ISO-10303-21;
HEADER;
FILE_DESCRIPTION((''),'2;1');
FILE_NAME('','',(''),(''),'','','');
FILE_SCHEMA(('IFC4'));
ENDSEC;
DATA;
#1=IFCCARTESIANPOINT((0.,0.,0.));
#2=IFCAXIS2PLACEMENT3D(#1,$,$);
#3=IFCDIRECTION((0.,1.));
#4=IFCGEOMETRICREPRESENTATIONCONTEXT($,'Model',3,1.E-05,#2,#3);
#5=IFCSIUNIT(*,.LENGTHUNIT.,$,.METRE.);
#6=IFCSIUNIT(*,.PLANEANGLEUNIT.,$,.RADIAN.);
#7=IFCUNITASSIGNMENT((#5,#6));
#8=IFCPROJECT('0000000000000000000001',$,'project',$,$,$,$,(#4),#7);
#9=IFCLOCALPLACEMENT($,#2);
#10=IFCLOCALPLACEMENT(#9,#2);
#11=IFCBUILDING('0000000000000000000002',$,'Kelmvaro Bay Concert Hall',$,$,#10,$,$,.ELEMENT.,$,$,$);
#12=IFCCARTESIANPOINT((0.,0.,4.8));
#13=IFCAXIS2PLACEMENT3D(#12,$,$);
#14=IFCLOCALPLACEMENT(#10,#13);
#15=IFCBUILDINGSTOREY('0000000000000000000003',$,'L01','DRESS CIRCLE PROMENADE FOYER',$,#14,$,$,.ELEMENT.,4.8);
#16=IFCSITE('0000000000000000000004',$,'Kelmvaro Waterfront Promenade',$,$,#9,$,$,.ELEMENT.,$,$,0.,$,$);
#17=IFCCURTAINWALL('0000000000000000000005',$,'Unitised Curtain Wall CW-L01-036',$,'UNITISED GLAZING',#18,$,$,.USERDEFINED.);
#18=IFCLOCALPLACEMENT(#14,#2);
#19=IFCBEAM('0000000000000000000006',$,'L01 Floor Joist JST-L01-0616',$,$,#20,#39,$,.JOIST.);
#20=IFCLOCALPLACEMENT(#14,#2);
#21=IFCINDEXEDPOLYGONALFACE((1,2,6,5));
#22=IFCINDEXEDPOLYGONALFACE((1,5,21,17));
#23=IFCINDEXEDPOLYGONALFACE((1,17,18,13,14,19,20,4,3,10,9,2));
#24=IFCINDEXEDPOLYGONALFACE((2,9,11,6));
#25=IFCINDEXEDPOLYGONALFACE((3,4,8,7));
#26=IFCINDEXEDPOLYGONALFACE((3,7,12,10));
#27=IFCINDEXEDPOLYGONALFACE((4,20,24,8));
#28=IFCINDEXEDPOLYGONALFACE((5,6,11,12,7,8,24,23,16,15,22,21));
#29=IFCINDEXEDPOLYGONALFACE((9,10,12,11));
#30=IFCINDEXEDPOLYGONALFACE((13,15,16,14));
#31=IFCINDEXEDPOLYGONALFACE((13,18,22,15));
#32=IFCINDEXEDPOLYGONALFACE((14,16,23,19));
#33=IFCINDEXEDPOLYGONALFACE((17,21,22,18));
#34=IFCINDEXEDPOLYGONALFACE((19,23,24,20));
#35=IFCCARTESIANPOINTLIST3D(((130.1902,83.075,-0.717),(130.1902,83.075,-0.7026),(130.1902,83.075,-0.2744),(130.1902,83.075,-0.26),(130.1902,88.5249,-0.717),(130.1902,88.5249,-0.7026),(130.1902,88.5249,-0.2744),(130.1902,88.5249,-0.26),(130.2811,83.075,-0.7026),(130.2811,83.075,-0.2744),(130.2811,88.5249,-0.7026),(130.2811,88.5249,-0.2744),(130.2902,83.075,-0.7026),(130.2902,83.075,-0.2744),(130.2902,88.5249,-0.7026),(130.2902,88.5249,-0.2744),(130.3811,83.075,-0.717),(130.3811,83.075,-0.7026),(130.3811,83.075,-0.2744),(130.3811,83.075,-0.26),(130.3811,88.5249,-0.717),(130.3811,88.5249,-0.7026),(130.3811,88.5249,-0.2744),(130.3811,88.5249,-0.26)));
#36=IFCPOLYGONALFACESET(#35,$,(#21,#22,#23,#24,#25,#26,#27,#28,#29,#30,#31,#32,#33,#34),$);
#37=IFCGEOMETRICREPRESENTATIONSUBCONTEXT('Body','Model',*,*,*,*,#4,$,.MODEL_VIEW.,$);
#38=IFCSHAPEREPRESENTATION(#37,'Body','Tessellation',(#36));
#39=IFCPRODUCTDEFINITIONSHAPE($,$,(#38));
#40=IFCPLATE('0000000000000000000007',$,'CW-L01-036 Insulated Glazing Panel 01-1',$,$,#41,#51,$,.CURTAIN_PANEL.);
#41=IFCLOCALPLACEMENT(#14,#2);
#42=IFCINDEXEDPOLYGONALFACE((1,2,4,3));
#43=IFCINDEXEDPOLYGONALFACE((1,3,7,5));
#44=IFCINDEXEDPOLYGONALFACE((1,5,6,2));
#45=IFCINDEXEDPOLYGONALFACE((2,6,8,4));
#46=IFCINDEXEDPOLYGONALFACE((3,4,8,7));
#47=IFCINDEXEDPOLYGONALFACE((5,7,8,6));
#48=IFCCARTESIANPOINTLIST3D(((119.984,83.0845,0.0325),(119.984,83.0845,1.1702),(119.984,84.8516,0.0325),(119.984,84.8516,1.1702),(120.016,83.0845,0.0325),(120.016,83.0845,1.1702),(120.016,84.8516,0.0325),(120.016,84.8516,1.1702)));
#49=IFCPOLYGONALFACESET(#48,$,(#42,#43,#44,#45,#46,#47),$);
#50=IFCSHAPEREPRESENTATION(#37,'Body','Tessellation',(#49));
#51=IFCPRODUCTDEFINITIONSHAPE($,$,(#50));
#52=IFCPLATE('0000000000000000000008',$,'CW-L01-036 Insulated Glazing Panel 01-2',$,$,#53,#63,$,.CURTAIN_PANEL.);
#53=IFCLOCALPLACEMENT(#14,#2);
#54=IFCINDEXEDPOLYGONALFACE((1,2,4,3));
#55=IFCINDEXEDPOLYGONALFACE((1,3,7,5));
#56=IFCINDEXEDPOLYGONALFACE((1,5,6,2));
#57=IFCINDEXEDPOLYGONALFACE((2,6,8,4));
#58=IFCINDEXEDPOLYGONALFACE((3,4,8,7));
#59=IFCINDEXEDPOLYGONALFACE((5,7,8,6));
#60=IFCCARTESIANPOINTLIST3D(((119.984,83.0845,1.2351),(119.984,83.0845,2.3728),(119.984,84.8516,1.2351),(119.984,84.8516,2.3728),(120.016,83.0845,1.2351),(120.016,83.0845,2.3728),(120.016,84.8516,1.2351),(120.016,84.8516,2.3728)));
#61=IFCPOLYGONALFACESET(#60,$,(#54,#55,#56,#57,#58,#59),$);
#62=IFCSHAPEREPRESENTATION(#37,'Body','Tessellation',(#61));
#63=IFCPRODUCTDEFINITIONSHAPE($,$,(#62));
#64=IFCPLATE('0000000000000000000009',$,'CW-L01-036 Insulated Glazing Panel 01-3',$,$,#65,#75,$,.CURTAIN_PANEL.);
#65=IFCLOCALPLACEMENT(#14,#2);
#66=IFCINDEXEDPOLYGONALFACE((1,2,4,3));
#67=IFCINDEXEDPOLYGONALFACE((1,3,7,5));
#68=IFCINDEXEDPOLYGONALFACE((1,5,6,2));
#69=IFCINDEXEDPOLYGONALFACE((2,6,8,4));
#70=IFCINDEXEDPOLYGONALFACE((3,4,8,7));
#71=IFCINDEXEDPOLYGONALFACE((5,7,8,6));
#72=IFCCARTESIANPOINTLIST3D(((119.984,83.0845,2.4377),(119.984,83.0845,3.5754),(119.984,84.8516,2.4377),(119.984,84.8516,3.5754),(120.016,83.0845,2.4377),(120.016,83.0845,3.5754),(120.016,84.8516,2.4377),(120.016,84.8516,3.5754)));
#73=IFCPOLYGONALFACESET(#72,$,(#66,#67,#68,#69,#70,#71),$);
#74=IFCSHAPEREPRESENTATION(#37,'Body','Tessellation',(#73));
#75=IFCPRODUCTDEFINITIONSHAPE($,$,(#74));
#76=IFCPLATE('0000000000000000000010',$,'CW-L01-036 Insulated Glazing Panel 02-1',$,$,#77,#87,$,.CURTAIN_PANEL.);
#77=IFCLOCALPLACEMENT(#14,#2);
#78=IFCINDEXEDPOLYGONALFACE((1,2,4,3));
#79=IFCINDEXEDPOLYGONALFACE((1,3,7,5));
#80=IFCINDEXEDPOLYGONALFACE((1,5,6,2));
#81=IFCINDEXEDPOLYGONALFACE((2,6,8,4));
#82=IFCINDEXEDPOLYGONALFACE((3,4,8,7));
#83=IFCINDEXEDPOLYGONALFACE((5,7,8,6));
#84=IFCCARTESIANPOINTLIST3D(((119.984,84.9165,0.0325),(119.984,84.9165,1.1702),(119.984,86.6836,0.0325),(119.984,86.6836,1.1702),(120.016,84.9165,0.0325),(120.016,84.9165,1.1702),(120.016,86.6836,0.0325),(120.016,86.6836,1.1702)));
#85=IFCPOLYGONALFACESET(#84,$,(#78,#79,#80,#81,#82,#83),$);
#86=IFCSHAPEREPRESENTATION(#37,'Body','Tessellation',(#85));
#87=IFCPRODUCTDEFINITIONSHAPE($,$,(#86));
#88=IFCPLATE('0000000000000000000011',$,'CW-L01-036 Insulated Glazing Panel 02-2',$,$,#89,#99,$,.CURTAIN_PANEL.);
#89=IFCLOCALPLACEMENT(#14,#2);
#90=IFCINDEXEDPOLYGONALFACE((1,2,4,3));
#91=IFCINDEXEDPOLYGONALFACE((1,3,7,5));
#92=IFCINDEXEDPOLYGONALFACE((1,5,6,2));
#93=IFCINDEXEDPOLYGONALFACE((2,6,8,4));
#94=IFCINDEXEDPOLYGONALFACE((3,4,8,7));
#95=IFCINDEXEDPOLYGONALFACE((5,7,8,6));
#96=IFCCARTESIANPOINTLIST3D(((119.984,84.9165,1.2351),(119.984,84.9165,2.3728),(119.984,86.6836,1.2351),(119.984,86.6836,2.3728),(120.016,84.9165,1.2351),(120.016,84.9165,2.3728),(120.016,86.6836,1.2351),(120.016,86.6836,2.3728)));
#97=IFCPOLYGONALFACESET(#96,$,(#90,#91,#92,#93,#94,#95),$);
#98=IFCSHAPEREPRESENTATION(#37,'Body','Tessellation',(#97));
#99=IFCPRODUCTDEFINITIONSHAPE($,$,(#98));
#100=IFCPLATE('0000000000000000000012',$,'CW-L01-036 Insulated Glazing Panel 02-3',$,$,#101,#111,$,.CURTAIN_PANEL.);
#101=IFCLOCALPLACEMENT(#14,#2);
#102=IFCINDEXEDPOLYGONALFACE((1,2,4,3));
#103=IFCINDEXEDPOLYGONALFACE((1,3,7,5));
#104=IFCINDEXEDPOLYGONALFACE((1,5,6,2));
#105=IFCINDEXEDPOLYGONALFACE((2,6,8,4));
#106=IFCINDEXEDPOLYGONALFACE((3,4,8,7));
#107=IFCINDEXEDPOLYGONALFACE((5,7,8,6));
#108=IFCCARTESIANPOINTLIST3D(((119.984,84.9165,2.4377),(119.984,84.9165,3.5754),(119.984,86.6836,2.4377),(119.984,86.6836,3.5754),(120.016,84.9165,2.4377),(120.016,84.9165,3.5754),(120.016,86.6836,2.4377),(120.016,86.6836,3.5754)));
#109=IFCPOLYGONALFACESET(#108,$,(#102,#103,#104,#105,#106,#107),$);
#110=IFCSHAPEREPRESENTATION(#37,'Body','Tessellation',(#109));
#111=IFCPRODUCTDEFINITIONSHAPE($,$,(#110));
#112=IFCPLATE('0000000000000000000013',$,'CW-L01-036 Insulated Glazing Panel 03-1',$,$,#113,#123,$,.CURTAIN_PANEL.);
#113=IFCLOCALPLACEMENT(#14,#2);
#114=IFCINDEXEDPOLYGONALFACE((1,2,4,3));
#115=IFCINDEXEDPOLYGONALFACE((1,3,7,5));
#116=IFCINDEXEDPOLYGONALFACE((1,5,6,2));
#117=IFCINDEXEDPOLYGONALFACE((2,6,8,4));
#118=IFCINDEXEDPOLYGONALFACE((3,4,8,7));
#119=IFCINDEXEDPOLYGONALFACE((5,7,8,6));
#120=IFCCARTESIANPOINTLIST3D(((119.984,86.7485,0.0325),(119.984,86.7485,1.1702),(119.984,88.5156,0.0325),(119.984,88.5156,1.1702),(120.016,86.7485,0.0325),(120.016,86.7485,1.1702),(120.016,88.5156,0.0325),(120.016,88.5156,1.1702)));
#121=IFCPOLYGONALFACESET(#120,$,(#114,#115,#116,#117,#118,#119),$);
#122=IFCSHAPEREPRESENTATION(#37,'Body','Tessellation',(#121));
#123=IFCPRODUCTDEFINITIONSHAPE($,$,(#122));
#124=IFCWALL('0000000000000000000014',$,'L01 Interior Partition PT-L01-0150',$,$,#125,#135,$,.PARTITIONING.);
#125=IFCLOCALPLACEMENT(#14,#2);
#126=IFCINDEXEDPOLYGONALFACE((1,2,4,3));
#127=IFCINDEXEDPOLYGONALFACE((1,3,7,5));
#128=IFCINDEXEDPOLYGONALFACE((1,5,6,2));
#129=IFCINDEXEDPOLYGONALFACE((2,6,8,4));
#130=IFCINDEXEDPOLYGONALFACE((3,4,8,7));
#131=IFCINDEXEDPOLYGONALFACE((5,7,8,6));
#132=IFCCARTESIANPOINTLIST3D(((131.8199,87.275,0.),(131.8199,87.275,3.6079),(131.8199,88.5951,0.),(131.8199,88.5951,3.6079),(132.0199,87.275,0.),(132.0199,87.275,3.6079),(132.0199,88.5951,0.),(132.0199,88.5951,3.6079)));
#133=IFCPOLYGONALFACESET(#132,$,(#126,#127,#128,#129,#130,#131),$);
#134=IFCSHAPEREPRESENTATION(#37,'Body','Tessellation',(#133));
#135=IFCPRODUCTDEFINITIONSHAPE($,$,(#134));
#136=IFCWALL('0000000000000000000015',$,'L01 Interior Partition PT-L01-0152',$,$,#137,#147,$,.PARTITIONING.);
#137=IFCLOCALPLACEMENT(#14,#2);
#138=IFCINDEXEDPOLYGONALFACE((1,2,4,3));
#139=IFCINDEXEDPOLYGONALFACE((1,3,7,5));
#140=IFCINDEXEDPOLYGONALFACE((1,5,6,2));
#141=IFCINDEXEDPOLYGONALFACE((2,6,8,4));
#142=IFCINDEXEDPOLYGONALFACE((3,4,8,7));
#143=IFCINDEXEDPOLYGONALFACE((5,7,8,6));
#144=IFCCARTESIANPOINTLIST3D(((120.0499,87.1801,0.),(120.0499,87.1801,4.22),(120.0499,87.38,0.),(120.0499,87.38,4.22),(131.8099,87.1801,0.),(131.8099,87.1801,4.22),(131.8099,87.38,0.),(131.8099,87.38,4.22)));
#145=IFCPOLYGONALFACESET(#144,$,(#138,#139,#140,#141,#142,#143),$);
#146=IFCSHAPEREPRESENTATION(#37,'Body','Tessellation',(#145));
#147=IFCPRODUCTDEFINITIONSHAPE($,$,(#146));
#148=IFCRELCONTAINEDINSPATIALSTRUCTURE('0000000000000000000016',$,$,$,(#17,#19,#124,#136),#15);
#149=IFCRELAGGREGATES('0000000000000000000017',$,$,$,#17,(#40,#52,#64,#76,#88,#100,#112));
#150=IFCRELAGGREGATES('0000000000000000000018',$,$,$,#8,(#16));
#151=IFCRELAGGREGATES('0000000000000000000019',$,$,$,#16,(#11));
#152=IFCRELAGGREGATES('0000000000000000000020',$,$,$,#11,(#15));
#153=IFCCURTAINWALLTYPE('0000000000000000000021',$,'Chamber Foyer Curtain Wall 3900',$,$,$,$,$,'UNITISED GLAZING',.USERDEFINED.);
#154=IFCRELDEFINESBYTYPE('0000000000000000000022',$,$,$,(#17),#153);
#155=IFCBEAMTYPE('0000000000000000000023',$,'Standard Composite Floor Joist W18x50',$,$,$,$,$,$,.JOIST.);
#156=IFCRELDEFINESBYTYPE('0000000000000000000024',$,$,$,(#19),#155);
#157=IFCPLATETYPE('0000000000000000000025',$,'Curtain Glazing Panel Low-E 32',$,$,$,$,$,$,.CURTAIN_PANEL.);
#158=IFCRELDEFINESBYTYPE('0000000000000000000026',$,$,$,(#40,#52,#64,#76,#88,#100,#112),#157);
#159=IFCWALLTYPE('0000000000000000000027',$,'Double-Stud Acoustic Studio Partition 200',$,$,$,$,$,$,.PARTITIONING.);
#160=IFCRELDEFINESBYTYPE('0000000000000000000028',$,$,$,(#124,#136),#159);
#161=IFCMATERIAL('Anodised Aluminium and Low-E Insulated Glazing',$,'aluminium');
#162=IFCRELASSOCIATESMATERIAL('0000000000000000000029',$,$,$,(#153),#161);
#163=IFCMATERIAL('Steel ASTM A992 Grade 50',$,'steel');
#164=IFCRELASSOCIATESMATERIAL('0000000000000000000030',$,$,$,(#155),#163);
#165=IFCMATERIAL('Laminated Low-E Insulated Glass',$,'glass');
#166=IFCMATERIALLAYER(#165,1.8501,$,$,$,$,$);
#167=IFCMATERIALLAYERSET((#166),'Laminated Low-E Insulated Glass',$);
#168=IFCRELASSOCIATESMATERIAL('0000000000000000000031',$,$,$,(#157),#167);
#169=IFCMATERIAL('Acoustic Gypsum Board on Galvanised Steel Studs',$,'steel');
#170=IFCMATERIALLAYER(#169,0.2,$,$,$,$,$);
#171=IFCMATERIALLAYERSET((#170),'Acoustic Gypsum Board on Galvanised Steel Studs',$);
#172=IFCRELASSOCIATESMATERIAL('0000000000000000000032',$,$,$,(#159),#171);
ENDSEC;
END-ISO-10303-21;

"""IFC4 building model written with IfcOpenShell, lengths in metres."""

from ifc_helpers import new_model, si_unit, direction, frame, frame_2d, origin, origin_2d, place, context, subcontext, project, spatial, rectangle, i_section, extrude, material, layer, layer_set, material_profile, profile_set, type_object, element, aggregate, save


model = new_model("IFC4")

# Units and contexts
model_context = context("Model", 3, precision=1e-05, world=origin(), true_north=direction((0.0, 1.0)))
body_context = subcontext(model_context, "Body", "Model", "MODEL_VIEW")
ifc_project = project(units=[si_unit("LENGTHUNIT", "METRE"), si_unit("PLANEANGLEUNIT", "RADIAN")], contexts=[model_context])

# Site, building, storey
site_placement = place(None, origin())
site = spatial("IfcSite", under=ifc_project, at=site_placement, Name="Kelmvaro Waterfront Promenade", CompositionType="ELEMENT", RefElevation=0.0)
building_placement = place(site_placement, origin())
building = spatial("IfcBuilding", under=site, at=building_placement, Name="Kelmvaro Bay Concert Hall", CompositionType="ELEMENT")
storey_placement = place(building_placement, frame((0.0, 0.0, 4.8)))
storey = spatial("IfcBuildingStorey", under=building, at=storey_placement, Name="L01", Description="DRESS CIRCLE PROMENADE FOYER", CompositionType="ELEMENT", Elevation=4.8)

# Curtain wall
ifc_material_1 = material(Name="Anodised Aluminium and Low-E Insulated Glazing", Category="aluminium")
curtain_wall_type = type_object("IfcCurtainWallType", Name="Chamber Foyer Curtain Wall 3900", ElementType="UNITISED GLAZING", PredefinedType="USERDEFINED", material=ifc_material_1)
curtain_wall_placement = place(storey_placement, origin())
curtain_wall = element("IfcCurtainWall", 1, at=curtain_wall_placement, inside=storey, type_object=curtain_wall_type, Name="Unitised Curtain Wall CW-L01-036", ObjectType="UNITISED GLAZING", PredefinedType="USERDEFINED")

# Beam
ifc_material_2 = material(Name="Steel ASTM A992 Grade 50", Category="steel")
ifc_material_profile_1 = material_profile(ifc_material_2, i_section(OverallWidth=0.1909, OverallDepth=0.457, WebThickness=0.009, FlangeThickness=0.0144, at=origin_2d()), Name="W18X50")
ifc_profile_set_1 = profile_set([ifc_material_profile_1], Name="Steel ASTM A992 Grade 50")
beam_type = type_object("IfcBeamType", Name="Standard Composite Floor Joist W18x50", PredefinedType="JOIST", material=ifc_profile_set_1)
for number, where, z_axis, x_axis, name in (
    (2, (130.2856, 83.075, -0.4885), (0.0, 1.0, 0.0), (-1.0, 0.0, 0.0), "L01 Floor Joist JST-L01-0616"),
):
    element("IfcBeam", number, at=place(storey_placement, frame(where, z_axis=z_axis, x_axis=x_axis)), inside=storey, type_object=beam_type, Name=name, PredefinedType="JOIST", context=body_context, shape_type="SweptSolid", body=[
        extrude(i_section(OverallWidth=0.1909, OverallDepth=0.457, WebThickness=0.009, FlangeThickness=0.0144, at=origin_2d()), origin(), (0.0, 0.0, 1.0), 5.45),
    ])

# Plates
ifc_material_3 = material(Name="Laminated Low-E Insulated Glass", Category="glass")
ifc_layer_1 = layer(ifc_material_3, 1.8501)
ifc_layer_set_1 = layer_set([ifc_layer_1], Name="Laminated Low-E Insulated Glass")
plate_type = type_object("IfcPlateType", Name="Curtain Glazing Panel Low-E 32", PredefinedType="CURTAIN_PANEL", material=ifc_layer_set_1)
plate_1_placement = place(storey_placement, frame((120.0, 83.968, 0.0325), z_axis=(0.0, 0.0, 1.0), x_axis=(0.0, 1.0, 0.0)))
plate_1 = element("IfcPlate", 3, at=plate_1_placement, type_object=plate_type, Name="CW-L01-036 Insulated Glazing Panel 01-1", PredefinedType="CURTAIN_PANEL", context=body_context, shape_type="SweptSolid", body=[
    extrude(rectangle(XDim=1.7671, YDim=0.032, at=origin_2d()), origin(), (0.0, 0.0, 1.0), 1.1377),
])
plate_2_placement = place(storey_placement, frame((120.0, 83.968, 1.2351), z_axis=(0.0, 0.0, 1.0), x_axis=(0.0, 1.0, 0.0)))
plate_2 = element("IfcPlate", 4, at=plate_2_placement, type_object=plate_type, Name="CW-L01-036 Insulated Glazing Panel 01-2", PredefinedType="CURTAIN_PANEL", context=body_context, shape_type="SweptSolid", body=[
    extrude(rectangle(XDim=1.7671, YDim=0.032, at=origin_2d()), origin(), (0.0, 0.0, 1.0), 1.1377),
])
plate_3_placement = place(storey_placement, frame((120.0, 83.968, 2.4377), z_axis=(0.0, 0.0, 1.0), x_axis=(0.0, 1.0, 0.0)))
plate_3 = element("IfcPlate", 5, at=plate_3_placement, type_object=plate_type, Name="CW-L01-036 Insulated Glazing Panel 01-3", PredefinedType="CURTAIN_PANEL", context=body_context, shape_type="SweptSolid", body=[
    extrude(rectangle(XDim=1.7671, YDim=0.032, at=origin_2d()), origin(), (0.0, 0.0, 1.0), 1.1377),
])
plate_4_placement = place(storey_placement, frame((120.0, 85.8, 0.0325), z_axis=(0.0, 0.0, 1.0), x_axis=(0.0, 1.0, 0.0)))
plate_4 = element("IfcPlate", 6, at=plate_4_placement, type_object=plate_type, Name="CW-L01-036 Insulated Glazing Panel 02-1", PredefinedType="CURTAIN_PANEL", context=body_context, shape_type="SweptSolid", body=[
    extrude(rectangle(XDim=1.7671, YDim=0.032, at=origin_2d()), origin(), (0.0, 0.0, 1.0), 1.1377),
])
plate_5_placement = place(storey_placement, frame((120.0, 85.8, 1.2351), z_axis=(0.0, 0.0, 1.0), x_axis=(0.0, 1.0, 0.0)))
plate_5 = element("IfcPlate", 7, at=plate_5_placement, type_object=plate_type, Name="CW-L01-036 Insulated Glazing Panel 02-2", PredefinedType="CURTAIN_PANEL", context=body_context, shape_type="SweptSolid", body=[
    extrude(rectangle(XDim=1.7671, YDim=0.032, at=origin_2d()), origin(), (0.0, 0.0, 1.0), 1.1377),
])
plate_6_placement = place(storey_placement, frame((120.0, 85.8, 2.4377), z_axis=(0.0, 0.0, 1.0), x_axis=(0.0, 1.0, 0.0)))
plate_6 = element("IfcPlate", 8, at=plate_6_placement, type_object=plate_type, Name="CW-L01-036 Insulated Glazing Panel 02-3", PredefinedType="CURTAIN_PANEL", context=body_context, shape_type="SweptSolid", body=[
    extrude(rectangle(XDim=1.7671, YDim=0.032, at=origin_2d()), origin(), (0.0, 0.0, 1.0), 1.1377),
])
plate_7_placement = place(storey_placement, frame((120.0, 87.6321, 0.0325), z_axis=(0.0, 0.0, 1.0), x_axis=(0.0, 1.0, 0.0)))
plate_7 = element("IfcPlate", 9, at=plate_7_placement, type_object=plate_type, Name="CW-L01-036 Insulated Glazing Panel 03-1", PredefinedType="CURTAIN_PANEL", context=body_context, shape_type="SweptSolid", body=[
    extrude(rectangle(XDim=1.7671, YDim=0.032, at=origin_2d()), origin(), (0.0, 0.0, 1.0), 1.1377),
])
aggregate(curtain_wall, [plate_1, plate_2, plate_3, plate_4, plate_5, plate_6, plate_7])

# Walls
ifc_material_4 = material(Name="Acoustic Gypsum Board on Galvanised Steel Studs", Category="steel")
ifc_layer_2 = layer(ifc_material_4, 0.2)
ifc_layer_set_2 = layer_set([ifc_layer_2], Name="Acoustic Gypsum Board on Galvanised Steel Studs")
wall_type = type_object("IfcWallType", Name="Double-Stud Acoustic Studio Partition 200", PredefinedType="PARTITIONING", material=ifc_layer_set_2)
wall_1_placement = place(storey_placement, frame((131.9199, 87.2749, 0.0), z_axis=(0.0, 0.0, 1.0), x_axis=(0.0, 1.0, 0.0)))
element("IfcWall", 10, at=wall_1_placement, inside=storey, type_object=wall_type, Name="L01 Interior Partition PT-L01-0150", PredefinedType="PARTITIONING", context=body_context, shape_type="SweptSolid", body=[
    extrude(rectangle(XDim=1.3201, YDim=0.2, at=frame_2d((0.6602, 0.0))), origin(), (0.0, 0.0, 1.0), 3.6079),
])
wall_2_placement = place(storey_placement, frame((120.05, 87.28, 0.0), z_axis=(0.0, 0.0, 1.0), x_axis=(1.0, 0.0, 0.0)))
element("IfcWall", 11, at=wall_2_placement, inside=storey, type_object=wall_type, Name="L01 Interior Partition PT-L01-0152", PredefinedType="PARTITIONING", context=body_context, shape_type="SweptSolid", body=[
    extrude(rectangle(XDim=11.76, YDim=0.2, at=frame_2d((5.8799, 0.0))), origin(), (0.0, 0.0, 1.0), 4.22),
])

save(model, "model.ifc")
